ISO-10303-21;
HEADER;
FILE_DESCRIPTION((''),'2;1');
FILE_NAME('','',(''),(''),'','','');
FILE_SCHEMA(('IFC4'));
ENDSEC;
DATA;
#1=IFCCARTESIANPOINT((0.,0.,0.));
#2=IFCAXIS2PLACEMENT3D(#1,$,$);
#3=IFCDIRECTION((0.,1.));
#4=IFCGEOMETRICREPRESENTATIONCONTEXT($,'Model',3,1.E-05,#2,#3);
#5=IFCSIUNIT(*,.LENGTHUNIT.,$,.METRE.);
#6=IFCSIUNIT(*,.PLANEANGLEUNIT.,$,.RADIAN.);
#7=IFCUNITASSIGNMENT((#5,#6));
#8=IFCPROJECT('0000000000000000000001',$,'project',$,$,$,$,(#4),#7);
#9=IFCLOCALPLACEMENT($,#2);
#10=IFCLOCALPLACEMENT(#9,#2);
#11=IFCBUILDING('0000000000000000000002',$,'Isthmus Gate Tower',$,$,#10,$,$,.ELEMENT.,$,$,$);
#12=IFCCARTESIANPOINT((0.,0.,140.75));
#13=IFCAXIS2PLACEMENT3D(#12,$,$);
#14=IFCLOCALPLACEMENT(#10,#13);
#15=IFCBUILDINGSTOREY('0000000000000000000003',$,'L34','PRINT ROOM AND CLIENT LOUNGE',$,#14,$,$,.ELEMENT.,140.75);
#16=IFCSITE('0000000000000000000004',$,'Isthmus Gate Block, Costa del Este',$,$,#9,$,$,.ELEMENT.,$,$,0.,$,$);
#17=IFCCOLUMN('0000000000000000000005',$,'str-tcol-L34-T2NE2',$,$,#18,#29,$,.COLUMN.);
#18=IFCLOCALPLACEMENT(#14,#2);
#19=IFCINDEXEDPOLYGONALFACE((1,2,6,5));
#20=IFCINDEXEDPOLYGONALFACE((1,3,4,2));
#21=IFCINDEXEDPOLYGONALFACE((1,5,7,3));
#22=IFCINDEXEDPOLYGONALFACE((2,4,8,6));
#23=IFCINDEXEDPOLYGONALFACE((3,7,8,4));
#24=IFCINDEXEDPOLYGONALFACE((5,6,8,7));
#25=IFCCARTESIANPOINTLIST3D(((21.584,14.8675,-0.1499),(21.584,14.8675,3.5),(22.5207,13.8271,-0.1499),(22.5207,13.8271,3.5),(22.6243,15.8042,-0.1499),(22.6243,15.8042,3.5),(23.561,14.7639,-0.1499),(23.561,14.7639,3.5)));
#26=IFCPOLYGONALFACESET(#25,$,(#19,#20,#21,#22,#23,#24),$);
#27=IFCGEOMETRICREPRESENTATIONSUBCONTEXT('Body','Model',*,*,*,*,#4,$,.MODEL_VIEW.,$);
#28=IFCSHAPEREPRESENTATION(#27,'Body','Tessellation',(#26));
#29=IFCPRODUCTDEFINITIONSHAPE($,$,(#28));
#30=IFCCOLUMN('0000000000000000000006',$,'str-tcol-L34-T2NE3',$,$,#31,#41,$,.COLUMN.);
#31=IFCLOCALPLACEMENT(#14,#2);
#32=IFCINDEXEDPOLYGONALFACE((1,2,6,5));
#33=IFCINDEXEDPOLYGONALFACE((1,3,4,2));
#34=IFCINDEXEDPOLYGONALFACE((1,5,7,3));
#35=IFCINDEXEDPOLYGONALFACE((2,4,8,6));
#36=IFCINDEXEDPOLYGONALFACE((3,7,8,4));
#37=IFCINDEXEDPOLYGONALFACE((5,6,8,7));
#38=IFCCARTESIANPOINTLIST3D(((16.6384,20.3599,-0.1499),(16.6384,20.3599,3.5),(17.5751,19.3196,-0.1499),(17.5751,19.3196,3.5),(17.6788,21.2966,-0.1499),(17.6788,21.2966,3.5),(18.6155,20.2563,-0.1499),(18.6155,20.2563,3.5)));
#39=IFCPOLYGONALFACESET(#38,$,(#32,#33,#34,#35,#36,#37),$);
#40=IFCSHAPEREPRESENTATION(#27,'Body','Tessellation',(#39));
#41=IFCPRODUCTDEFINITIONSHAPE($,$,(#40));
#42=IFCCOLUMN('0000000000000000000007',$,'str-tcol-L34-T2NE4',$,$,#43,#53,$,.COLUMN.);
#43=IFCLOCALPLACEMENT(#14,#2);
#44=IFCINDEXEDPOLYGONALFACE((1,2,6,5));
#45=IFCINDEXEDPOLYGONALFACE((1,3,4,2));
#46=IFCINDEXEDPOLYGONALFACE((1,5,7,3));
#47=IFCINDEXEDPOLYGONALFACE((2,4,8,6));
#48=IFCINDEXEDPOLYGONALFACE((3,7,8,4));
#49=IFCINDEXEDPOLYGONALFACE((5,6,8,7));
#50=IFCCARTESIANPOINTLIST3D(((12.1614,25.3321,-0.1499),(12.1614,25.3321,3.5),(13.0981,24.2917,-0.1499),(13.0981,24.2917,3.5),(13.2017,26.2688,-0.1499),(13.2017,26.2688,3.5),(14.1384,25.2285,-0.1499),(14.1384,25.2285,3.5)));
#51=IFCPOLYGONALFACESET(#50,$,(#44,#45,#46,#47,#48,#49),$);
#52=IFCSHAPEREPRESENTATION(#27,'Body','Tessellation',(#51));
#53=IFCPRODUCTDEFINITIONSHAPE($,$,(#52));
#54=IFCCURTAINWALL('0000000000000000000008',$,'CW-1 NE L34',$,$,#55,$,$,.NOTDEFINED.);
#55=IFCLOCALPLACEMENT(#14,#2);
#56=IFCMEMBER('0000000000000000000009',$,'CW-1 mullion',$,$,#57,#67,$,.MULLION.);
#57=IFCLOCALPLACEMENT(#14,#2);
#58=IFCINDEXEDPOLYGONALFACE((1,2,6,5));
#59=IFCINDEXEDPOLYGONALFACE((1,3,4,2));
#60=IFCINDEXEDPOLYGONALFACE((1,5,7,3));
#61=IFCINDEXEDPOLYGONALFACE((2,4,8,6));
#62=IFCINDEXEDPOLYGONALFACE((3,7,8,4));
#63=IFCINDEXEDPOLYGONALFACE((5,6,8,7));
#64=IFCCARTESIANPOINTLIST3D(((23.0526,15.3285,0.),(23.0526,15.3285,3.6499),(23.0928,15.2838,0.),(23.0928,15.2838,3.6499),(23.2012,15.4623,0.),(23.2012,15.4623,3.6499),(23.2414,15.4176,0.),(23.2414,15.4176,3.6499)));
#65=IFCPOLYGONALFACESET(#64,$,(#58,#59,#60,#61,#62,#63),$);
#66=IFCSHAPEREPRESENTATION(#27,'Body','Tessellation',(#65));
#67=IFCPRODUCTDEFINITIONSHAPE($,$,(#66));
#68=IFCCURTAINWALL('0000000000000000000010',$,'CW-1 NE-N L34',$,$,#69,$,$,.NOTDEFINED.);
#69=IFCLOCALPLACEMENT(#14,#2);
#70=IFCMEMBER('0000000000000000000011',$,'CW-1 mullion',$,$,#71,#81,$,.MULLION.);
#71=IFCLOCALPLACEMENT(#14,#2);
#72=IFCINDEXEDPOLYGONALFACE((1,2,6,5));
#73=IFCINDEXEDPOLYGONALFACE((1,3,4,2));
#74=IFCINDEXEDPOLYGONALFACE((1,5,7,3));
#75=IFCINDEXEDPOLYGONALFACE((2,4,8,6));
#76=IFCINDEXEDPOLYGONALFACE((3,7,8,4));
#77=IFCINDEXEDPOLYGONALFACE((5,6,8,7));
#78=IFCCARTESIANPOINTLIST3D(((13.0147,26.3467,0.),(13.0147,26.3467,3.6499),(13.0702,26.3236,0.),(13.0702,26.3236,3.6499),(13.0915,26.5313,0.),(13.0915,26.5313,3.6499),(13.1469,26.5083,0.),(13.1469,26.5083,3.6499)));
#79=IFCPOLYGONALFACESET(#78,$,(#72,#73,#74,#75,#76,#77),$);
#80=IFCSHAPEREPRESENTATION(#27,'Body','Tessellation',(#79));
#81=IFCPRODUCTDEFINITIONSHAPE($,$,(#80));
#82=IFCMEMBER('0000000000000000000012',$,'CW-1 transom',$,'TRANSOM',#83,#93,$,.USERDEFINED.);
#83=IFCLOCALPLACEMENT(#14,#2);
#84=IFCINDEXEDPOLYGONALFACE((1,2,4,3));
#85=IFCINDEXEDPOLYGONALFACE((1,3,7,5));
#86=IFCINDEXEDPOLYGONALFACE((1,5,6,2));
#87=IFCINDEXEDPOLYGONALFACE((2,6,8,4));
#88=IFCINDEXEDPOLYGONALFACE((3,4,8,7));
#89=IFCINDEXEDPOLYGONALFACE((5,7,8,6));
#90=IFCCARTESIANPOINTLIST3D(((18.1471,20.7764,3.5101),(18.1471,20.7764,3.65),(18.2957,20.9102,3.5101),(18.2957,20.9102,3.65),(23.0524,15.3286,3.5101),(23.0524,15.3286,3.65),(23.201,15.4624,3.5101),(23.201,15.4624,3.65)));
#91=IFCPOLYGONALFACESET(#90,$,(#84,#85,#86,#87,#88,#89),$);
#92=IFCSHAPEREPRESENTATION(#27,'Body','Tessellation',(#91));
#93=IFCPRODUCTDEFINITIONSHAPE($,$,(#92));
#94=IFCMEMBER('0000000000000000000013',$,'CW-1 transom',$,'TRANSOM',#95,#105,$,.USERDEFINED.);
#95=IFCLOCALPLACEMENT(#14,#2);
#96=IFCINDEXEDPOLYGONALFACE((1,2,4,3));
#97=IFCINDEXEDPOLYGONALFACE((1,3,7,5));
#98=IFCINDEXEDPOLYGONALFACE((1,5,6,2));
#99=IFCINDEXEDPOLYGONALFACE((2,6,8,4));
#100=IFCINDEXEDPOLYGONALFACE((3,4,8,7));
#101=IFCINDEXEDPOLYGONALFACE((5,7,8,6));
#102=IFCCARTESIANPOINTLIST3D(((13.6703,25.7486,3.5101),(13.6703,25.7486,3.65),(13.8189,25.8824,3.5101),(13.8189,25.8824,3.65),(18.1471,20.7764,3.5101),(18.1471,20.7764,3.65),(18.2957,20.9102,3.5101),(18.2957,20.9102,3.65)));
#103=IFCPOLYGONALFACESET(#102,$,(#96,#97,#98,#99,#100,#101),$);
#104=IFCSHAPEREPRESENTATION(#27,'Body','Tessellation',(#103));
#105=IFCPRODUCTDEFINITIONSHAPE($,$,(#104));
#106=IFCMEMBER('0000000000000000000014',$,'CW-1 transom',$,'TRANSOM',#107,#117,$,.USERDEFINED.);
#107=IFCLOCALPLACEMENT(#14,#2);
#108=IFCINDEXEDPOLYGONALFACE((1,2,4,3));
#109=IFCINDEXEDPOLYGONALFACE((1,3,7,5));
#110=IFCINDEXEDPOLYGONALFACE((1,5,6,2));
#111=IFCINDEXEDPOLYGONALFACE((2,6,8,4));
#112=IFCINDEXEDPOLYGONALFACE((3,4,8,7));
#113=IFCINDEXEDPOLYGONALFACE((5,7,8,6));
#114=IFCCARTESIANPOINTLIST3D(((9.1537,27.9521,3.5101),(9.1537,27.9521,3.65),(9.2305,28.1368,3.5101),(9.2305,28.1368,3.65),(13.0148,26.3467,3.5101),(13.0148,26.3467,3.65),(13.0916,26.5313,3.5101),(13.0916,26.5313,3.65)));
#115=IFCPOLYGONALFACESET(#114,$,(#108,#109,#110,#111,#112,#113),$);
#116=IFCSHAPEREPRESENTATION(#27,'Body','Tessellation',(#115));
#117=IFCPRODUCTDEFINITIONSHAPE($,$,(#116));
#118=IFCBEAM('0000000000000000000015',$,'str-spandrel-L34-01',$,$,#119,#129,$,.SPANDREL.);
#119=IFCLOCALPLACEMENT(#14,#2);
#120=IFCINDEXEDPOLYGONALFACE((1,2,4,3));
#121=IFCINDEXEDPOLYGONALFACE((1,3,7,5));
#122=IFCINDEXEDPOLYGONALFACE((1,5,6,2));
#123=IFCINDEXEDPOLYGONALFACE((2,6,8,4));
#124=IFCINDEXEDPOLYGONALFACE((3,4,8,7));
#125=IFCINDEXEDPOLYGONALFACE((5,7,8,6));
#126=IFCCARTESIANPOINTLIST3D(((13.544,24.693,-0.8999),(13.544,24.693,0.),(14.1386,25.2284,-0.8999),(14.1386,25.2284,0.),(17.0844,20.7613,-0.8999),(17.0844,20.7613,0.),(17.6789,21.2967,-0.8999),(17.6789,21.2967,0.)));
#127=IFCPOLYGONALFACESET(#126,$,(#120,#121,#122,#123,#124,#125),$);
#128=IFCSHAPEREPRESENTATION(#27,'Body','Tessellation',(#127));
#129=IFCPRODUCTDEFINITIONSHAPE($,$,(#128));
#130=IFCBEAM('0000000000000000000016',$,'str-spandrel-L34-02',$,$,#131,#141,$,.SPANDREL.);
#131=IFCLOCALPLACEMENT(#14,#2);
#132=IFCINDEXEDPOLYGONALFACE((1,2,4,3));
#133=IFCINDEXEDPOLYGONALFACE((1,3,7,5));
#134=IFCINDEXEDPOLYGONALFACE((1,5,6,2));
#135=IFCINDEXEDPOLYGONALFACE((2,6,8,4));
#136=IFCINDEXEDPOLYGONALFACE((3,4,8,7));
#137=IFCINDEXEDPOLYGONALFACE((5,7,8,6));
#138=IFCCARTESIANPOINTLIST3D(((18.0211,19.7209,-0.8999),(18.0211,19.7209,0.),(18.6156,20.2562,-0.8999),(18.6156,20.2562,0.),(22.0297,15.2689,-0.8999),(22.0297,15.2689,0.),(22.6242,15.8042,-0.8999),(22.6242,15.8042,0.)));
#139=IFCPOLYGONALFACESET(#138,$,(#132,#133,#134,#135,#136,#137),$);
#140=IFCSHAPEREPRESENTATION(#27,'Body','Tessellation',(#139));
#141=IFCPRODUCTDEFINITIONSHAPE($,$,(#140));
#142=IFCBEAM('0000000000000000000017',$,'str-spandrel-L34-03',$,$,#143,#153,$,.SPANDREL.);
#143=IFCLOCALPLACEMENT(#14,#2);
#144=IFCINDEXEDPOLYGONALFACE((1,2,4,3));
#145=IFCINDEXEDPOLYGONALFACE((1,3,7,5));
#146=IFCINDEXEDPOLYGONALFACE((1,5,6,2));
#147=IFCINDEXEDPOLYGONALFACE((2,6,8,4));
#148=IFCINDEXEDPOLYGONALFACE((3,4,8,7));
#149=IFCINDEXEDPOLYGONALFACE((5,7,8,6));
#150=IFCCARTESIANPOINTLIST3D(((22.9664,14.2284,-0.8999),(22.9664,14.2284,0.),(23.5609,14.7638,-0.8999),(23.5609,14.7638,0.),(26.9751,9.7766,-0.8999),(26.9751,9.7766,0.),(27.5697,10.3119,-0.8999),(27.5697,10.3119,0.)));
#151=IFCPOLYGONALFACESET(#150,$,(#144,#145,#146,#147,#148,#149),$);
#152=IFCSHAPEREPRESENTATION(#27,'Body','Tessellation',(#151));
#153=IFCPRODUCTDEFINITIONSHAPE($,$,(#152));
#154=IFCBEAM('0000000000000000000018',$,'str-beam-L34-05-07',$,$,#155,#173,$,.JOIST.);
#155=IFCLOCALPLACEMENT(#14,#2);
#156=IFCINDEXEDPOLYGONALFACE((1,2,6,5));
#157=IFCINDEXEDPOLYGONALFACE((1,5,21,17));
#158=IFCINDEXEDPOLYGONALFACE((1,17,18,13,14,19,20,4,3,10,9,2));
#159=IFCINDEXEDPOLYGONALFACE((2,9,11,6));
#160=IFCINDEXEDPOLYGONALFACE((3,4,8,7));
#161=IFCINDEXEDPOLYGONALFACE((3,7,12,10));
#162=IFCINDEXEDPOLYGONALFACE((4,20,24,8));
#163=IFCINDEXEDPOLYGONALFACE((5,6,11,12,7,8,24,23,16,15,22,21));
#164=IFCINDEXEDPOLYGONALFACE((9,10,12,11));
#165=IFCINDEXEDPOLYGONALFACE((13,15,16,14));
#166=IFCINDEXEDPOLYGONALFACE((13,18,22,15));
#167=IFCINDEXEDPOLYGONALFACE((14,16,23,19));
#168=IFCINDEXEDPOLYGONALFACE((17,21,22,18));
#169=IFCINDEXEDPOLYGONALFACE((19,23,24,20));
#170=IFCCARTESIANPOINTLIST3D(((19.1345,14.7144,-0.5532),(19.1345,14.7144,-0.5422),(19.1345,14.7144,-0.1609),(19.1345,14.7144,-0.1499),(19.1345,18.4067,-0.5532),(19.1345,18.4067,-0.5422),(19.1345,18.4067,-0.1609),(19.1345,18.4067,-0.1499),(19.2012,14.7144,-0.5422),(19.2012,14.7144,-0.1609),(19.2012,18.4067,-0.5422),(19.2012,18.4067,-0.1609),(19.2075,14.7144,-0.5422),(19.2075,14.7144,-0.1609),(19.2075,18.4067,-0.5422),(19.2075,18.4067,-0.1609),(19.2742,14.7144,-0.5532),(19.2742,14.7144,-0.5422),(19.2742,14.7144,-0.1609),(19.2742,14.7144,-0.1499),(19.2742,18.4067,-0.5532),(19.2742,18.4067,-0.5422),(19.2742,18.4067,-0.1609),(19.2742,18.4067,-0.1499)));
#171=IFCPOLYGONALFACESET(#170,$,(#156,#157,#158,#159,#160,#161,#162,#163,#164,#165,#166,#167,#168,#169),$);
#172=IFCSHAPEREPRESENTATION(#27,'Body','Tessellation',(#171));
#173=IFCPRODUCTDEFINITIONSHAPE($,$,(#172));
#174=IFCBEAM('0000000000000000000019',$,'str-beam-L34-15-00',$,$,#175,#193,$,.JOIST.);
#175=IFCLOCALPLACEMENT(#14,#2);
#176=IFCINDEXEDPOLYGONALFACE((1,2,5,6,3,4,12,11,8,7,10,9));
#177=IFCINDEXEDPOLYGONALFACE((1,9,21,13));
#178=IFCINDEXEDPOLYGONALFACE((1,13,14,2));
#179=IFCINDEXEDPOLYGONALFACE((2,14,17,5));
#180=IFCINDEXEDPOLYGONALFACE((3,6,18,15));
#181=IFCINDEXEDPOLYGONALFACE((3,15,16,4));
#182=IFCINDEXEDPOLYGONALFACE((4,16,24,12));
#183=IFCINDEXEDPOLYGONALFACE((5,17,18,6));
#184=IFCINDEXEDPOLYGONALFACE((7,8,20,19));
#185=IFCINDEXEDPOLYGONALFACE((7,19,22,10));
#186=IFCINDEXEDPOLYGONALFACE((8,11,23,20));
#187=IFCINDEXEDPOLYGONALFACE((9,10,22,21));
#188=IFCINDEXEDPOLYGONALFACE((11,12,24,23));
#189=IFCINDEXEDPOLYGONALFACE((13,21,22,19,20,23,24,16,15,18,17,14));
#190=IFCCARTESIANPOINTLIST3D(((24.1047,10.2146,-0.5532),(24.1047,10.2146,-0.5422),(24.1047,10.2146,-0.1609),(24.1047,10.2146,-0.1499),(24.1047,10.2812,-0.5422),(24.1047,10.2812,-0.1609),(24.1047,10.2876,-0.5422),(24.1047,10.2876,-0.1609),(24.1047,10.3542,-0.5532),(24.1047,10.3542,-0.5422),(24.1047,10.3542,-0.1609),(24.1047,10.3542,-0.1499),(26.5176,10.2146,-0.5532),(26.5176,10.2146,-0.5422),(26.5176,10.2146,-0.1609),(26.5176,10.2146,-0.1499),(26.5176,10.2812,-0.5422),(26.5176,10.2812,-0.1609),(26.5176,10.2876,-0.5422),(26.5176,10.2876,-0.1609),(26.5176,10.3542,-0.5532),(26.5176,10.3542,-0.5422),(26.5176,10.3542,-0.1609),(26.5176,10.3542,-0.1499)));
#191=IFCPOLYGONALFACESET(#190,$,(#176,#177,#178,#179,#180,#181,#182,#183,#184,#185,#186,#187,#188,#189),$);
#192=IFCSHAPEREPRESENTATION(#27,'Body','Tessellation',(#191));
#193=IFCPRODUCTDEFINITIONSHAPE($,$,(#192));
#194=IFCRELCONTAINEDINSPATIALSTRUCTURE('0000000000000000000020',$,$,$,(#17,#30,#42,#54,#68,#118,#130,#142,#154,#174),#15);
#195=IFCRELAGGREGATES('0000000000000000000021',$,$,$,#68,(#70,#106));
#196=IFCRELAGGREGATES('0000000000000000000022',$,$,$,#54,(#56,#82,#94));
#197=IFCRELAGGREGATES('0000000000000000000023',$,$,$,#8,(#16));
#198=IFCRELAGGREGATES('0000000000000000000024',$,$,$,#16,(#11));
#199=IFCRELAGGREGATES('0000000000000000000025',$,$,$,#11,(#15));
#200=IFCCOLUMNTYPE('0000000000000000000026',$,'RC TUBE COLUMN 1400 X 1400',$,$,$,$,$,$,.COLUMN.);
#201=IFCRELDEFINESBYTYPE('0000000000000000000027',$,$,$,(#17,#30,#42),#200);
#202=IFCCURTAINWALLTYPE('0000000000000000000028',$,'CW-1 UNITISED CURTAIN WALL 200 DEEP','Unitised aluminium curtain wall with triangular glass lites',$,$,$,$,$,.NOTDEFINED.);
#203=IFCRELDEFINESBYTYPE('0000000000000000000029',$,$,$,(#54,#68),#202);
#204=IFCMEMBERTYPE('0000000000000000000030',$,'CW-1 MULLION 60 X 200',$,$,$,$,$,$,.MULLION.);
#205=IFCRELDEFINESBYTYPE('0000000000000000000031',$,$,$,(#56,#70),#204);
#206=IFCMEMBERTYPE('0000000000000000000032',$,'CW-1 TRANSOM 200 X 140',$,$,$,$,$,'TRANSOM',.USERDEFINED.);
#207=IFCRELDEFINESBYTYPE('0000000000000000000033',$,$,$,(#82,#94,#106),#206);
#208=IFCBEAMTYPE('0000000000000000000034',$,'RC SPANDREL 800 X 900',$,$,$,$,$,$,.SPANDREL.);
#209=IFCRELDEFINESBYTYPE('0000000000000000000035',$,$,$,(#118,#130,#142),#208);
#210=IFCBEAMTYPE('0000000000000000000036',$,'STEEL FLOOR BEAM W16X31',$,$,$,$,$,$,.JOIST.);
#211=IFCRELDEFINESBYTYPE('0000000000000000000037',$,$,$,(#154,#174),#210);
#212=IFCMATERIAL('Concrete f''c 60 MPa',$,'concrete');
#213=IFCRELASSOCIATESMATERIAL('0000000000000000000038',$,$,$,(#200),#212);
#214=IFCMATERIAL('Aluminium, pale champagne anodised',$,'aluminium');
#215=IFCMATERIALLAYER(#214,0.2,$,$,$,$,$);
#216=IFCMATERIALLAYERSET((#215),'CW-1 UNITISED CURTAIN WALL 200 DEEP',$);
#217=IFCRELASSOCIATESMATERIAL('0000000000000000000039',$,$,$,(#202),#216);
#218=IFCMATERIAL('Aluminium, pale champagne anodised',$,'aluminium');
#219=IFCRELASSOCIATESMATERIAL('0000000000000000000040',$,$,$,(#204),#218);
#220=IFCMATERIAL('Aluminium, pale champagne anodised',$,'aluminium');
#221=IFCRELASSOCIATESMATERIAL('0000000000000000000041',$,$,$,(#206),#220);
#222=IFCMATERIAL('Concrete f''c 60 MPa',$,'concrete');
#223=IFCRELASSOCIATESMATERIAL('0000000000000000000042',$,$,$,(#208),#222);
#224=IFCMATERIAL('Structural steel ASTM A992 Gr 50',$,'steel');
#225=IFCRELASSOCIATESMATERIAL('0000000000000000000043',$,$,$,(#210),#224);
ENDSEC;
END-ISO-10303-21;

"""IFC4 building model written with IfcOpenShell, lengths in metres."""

from ifc_helpers import new_model, si_unit, direction, frame, origin, origin_2d, place, context, subcontext, project, spatial, rectangle, i_section, extrude, material, layer, layer_set, material_profile, profile_set, type_object, element, aggregate, save


model = new_model("IFC4")

# Units and contexts
model_context = context("Model", 3, precision=1e-05, world=origin(), true_north=direction((0.0, 1.0)))
body_context = subcontext(model_context, "Body", "Model", "MODEL_VIEW")
ifc_project = project(units=[si_unit("LENGTHUNIT", "METRE"), si_unit("PLANEANGLEUNIT", "RADIAN")], contexts=[model_context])

# Site, building, storey
site_placement = place(None, origin())
site = spatial("IfcSite", under=ifc_project, at=site_placement, Name="Isthmus Gate Block, Costa del Este", CompositionType="ELEMENT", RefElevation=0.0)
building_placement = place(site_placement, origin())
building = spatial("IfcBuilding", under=site, at=building_placement, Name="Isthmus Gate Tower", CompositionType="ELEMENT")
storey_placement = place(building_placement, frame((0.0, 0.0, 140.75)))
storey = spatial("IfcBuildingStorey", under=building, at=storey_placement, Name="L34", Description="PRINT ROOM AND CLIENT LOUNGE", CompositionType="ELEMENT", Elevation=140.75)

# Columns
ifc_material_1 = material(Name="Concrete f'c 60 MPa", Category="concrete")
ifc_material_profile_1 = material_profile(ifc_material_1, rectangle(XDim=1.3999, YDim=1.3999, at=origin_2d()), Name="RC 1400X1400")
ifc_profile_set_1 = profile_set([ifc_material_profile_1], Name="Concrete f'c 60 MPa")
column_type = type_object("IfcColumnType", Name="RC TUBE COLUMN 1400 X 1400", PredefinedType="COLUMN", material=ifc_profile_set_1)
for number, where, z_axis, x_axis, name in (
    (1, (22.5725, 14.8157, -0.1499), (0.0, 0.0, 1.0), (-0.669131, 0.743145, 0.0), "str-tcol-L34-T2NE2"),
    (2, (17.627, 20.3081, -0.1499), (0.0, 0.0, 1.0), (-0.669131, 0.743145, 0.0), "str-tcol-L34-T2NE3"),
    (3, (13.1499, 25.2803, -0.1499), (0.0, 0.0, 1.0), (-0.669131, 0.743145, 0.0), "str-tcol-L34-T2NE4"),
):
    element("IfcColumn", number, at=place(storey_placement, frame(where, z_axis=z_axis, x_axis=x_axis)), inside=storey, type_object=column_type, Name=name, PredefinedType="COLUMN", context=body_context, shape_type="SweptSolid", body=[
        extrude(rectangle(XDim=1.3999, YDim=1.3999, at=origin_2d()), origin(), (0.0, 0.0, 1.0), 3.6499),
    ])

# Curtain walls, members
ifc_material_2 = material(Name="Aluminium, pale champagne anodised", Category="aluminium")
ifc_layer_1 = layer(ifc_material_2, 0.2)
ifc_layer_set_1 = layer_set([ifc_layer_1], Name="CW-1 UNITISED CURTAIN WALL 200 DEEP")
curtain_wall_type = type_object("IfcCurtainWallType", Name="CW-1 UNITISED CURTAIN WALL 200 DEEP", Description="Unitised aluminium curtain wall with triangular glass lites", PredefinedType="NOTDEFINED", material=ifc_layer_set_1)
curtain_wall_1_placement = place(storey_placement, origin())
curtain_wall_1 = element("IfcCurtainWall", 4, at=curtain_wall_1_placement, inside=storey, type_object=curtain_wall_type, Name="CW-1 NE L34", PredefinedType="NOTDEFINED")
ifc_material_3 = material(Name="Aluminium, pale champagne anodised", Category="aluminium")
ifc_material_profile_2 = material_profile(ifc_material_3, rectangle(XDim=0.0601, YDim=0.2, at=origin_2d()), Name="60x200")
ifc_profile_set_2 = profile_set([ifc_material_profile_2], Name="Aluminium, pale champagne anodised")
member_type_1 = type_object("IfcMemberType", Name="CW-1 MULLION 60 X 200", PredefinedType="MULLION", material=ifc_profile_set_2)
member_1_placement = place(storey_placement, frame((23.147, 15.373, 0.0), z_axis=(0.0, 0.0, 1.0), x_axis=(-0.669131, 0.743145, 0.0)))
member_1 = element("IfcMember", 5, at=member_1_placement, type_object=member_type_1, Name="CW-1 mullion", PredefinedType="MULLION", context=body_context, shape_type="SweptSolid", body=[
    extrude(rectangle(XDim=0.0601, YDim=0.2, at=origin_2d()), origin(), (0.0, 0.0, 1.0), 3.6499),
])
curtain_wall_2_placement = place(storey_placement, origin())
curtain_wall_2 = element("IfcCurtainWall", 6, at=curtain_wall_2_placement, inside=storey, type_object=curtain_wall_type, Name="CW-1 NE-N L34", PredefinedType="NOTDEFINED")
member_2_placement = place(storey_placement, frame((13.0808, 26.4275, 0.0), z_axis=(0.0, 0.0, 1.0), x_axis=(-0.923353, 0.383952, 0.0)))
member_2 = element("IfcMember", 7, at=member_2_placement, type_object=member_type_1, Name="CW-1 mullion", PredefinedType="MULLION", context=body_context, shape_type="SweptSolid", body=[
    extrude(rectangle(XDim=0.0601, YDim=0.2, at=origin_2d()), origin(), (0.0, 0.0, 1.0), 3.6499),
])

# Members
ifc_material_4 = material(Name="Aluminium, pale champagne anodised", Category="aluminium")
ifc_material_profile_3 = material_profile(ifc_material_4, rectangle(XDim=0.2, YDim=0.1399, at=origin_2d()), Name="200x140")
ifc_profile_set_3 = profile_set([ifc_material_profile_3], Name="Aluminium, pale champagne anodised")
member_type_2 = type_object("IfcMemberType", Name="CW-1 TRANSOM 200 X 140", ElementType="TRANSOM", PredefinedType="USERDEFINED", material=ifc_profile_set_3)
member_3_placement = place(storey_placement, frame((23.1267, 15.3955, 3.5801), z_axis=(-0.669138, 0.743138, 0.0), x_axis=(-0.743138, -0.669138, 0.0)))
member_3 = element("IfcMember", 8, at=member_3_placement, type_object=member_type_2, Name="CW-1 transom", ObjectType="TRANSOM", PredefinedType="USERDEFINED", context=body_context, shape_type="SweptSolid", body=[
    extrude(rectangle(XDim=0.2, YDim=0.1399, at=origin_2d()), origin(), (0.0, 0.0, 1.0), 7.3308),
])
member_4_placement = place(storey_placement, frame((18.2214, 20.8433, 3.5801), z_axis=(-0.669118, 0.743156, 0.0), x_axis=(-0.743156, -0.669118, 0.0)))
member_4 = element("IfcMember", 9, at=member_4_placement, type_object=member_type_2, Name="CW-1 transom", ObjectType="TRANSOM", PredefinedType="USERDEFINED", context=body_context, shape_type="SweptSolid", body=[
    extrude(rectangle(XDim=0.2, YDim=0.1399, at=origin_2d()), origin(), (0.0, 0.0, 1.0), 6.6907),
])
member_5_placement = place(storey_placement, frame((13.0532, 26.439, 3.5801), z_axis=(-0.923358, 0.38394, 0.0), x_axis=(-0.38394, -0.923358, 0.0)))
member_5 = element("IfcMember", 10, at=member_5_placement, type_object=member_type_2, Name="CW-1 transom", ObjectType="TRANSOM", PredefinedType="USERDEFINED", context=body_context, shape_type="SweptSolid", body=[
    extrude(rectangle(XDim=0.2, YDim=0.1399, at=origin_2d()), origin(), (0.0, 0.0, 1.0), 4.1816),
])
aggregate(curtain_wall_2, [member_2, member_5])

# Beams
ifc_material_5 = material(Name="Concrete f'c 60 MPa", Category="concrete")
ifc_material_profile_4 = material_profile(ifc_material_5, rectangle(XDim=0.8, YDim=0.8999, at=origin_2d()), Name="RC 800X900")
ifc_profile_set_4 = profile_set([ifc_material_profile_4], Name="Concrete f'c 60 MPa")
beam_type_1 = type_object("IfcBeamType", Name="RC SPANDREL 800 X 900", PredefinedType="SPANDREL", material=ifc_profile_set_4)
beam_1_placement = place(storey_placement, frame((13.8413, 24.9607, -0.45), z_axis=(0.669153, -0.743124, 0.0), x_axis=(0.743124, 0.669153, 0.0)))
element("IfcBeam", 11, at=beam_1_placement, inside=storey, type_object=beam_type_1, Name="str-spandrel-L34-01", PredefinedType="SPANDREL", context=body_context, shape_type="SweptSolid", body=[
    extrude(rectangle(XDim=0.8, YDim=0.8999, at=origin_2d()), origin(), (0.0, 0.0, 1.0), 5.2908),
])
for number, where, z_axis, x_axis, name in (
    (12, (18.3184, 19.9885, -0.45), (0.669134, -0.743142, 0.0), (0.743142, 0.669134, 0.0), "str-spandrel-L34-02"),
    (13, (23.2637, 14.4961, -0.45), (0.669156, -0.743122, 0.0), (0.743122, 0.669156, 0.0), "str-spandrel-L34-03"),
):
    element("IfcBeam", number, at=place(storey_placement, frame(where, z_axis=z_axis, x_axis=x_axis)), inside=storey, type_object=beam_type_1, Name=name, PredefinedType="SPANDREL", context=body_context, shape_type="SweptSolid", body=[
        extrude(rectangle(XDim=0.8, YDim=0.8999, at=origin_2d()), origin(), (0.0, 0.0, 1.0), 5.9907),
    ])
ifc_material_6 = material(Name="Structural steel ASTM A992 Gr 50", Category="steel")
ifc_material_profile_5 = material_profile(ifc_material_6, i_section(OverallWidth=0.1396, OverallDepth=0.4033, WebThickness=0.0063, FlangeThickness=0.011, at=origin_2d()), Name="W16X31")
ifc_profile_set_5 = profile_set([ifc_material_profile_5], Name="Structural steel ASTM A992 Gr 50")
beam_type_2 = type_object("IfcBeamType", Name="STEEL FLOOR BEAM W16X31", PredefinedType="JOIST", material=ifc_profile_set_5)
beam_2_placement = place(storey_placement, frame((19.2043, 14.7144, -0.3516), z_axis=(0.0, 1.0, 0.0), x_axis=(-1.0, 0.0, 0.0)))
element("IfcBeam", 14, at=beam_2_placement, inside=storey, type_object=beam_type_2, Name="str-beam-L34-05-07", PredefinedType="JOIST", context=body_context, shape_type="SweptSolid", body=[
    extrude(i_section(OverallWidth=0.1396, OverallDepth=0.4033, WebThickness=0.0063, FlangeThickness=0.011, at=origin_2d()), origin(), (0.0, 0.0, 1.0), 3.6924),
])
beam_3_placement = place(storey_placement, frame((24.1047, 10.2844, -0.3516), z_axis=(1.0, 0.0, 0.0), x_axis=(0.0, 1.0, 0.0)))
element("IfcBeam", 15, at=beam_3_placement, inside=storey, type_object=beam_type_2, Name="str-beam-L34-15-00", PredefinedType="JOIST", context=body_context, shape_type="SweptSolid", body=[
    extrude(i_section(OverallWidth=0.1396, OverallDepth=0.4033, WebThickness=0.0063, FlangeThickness=0.011, at=origin_2d()), origin(), (0.0, 0.0, 1.0), 2.4128),
])

aggregate(curtain_wall_1, [member_1, member_3, member_4])

save(model, "model.ifc")
